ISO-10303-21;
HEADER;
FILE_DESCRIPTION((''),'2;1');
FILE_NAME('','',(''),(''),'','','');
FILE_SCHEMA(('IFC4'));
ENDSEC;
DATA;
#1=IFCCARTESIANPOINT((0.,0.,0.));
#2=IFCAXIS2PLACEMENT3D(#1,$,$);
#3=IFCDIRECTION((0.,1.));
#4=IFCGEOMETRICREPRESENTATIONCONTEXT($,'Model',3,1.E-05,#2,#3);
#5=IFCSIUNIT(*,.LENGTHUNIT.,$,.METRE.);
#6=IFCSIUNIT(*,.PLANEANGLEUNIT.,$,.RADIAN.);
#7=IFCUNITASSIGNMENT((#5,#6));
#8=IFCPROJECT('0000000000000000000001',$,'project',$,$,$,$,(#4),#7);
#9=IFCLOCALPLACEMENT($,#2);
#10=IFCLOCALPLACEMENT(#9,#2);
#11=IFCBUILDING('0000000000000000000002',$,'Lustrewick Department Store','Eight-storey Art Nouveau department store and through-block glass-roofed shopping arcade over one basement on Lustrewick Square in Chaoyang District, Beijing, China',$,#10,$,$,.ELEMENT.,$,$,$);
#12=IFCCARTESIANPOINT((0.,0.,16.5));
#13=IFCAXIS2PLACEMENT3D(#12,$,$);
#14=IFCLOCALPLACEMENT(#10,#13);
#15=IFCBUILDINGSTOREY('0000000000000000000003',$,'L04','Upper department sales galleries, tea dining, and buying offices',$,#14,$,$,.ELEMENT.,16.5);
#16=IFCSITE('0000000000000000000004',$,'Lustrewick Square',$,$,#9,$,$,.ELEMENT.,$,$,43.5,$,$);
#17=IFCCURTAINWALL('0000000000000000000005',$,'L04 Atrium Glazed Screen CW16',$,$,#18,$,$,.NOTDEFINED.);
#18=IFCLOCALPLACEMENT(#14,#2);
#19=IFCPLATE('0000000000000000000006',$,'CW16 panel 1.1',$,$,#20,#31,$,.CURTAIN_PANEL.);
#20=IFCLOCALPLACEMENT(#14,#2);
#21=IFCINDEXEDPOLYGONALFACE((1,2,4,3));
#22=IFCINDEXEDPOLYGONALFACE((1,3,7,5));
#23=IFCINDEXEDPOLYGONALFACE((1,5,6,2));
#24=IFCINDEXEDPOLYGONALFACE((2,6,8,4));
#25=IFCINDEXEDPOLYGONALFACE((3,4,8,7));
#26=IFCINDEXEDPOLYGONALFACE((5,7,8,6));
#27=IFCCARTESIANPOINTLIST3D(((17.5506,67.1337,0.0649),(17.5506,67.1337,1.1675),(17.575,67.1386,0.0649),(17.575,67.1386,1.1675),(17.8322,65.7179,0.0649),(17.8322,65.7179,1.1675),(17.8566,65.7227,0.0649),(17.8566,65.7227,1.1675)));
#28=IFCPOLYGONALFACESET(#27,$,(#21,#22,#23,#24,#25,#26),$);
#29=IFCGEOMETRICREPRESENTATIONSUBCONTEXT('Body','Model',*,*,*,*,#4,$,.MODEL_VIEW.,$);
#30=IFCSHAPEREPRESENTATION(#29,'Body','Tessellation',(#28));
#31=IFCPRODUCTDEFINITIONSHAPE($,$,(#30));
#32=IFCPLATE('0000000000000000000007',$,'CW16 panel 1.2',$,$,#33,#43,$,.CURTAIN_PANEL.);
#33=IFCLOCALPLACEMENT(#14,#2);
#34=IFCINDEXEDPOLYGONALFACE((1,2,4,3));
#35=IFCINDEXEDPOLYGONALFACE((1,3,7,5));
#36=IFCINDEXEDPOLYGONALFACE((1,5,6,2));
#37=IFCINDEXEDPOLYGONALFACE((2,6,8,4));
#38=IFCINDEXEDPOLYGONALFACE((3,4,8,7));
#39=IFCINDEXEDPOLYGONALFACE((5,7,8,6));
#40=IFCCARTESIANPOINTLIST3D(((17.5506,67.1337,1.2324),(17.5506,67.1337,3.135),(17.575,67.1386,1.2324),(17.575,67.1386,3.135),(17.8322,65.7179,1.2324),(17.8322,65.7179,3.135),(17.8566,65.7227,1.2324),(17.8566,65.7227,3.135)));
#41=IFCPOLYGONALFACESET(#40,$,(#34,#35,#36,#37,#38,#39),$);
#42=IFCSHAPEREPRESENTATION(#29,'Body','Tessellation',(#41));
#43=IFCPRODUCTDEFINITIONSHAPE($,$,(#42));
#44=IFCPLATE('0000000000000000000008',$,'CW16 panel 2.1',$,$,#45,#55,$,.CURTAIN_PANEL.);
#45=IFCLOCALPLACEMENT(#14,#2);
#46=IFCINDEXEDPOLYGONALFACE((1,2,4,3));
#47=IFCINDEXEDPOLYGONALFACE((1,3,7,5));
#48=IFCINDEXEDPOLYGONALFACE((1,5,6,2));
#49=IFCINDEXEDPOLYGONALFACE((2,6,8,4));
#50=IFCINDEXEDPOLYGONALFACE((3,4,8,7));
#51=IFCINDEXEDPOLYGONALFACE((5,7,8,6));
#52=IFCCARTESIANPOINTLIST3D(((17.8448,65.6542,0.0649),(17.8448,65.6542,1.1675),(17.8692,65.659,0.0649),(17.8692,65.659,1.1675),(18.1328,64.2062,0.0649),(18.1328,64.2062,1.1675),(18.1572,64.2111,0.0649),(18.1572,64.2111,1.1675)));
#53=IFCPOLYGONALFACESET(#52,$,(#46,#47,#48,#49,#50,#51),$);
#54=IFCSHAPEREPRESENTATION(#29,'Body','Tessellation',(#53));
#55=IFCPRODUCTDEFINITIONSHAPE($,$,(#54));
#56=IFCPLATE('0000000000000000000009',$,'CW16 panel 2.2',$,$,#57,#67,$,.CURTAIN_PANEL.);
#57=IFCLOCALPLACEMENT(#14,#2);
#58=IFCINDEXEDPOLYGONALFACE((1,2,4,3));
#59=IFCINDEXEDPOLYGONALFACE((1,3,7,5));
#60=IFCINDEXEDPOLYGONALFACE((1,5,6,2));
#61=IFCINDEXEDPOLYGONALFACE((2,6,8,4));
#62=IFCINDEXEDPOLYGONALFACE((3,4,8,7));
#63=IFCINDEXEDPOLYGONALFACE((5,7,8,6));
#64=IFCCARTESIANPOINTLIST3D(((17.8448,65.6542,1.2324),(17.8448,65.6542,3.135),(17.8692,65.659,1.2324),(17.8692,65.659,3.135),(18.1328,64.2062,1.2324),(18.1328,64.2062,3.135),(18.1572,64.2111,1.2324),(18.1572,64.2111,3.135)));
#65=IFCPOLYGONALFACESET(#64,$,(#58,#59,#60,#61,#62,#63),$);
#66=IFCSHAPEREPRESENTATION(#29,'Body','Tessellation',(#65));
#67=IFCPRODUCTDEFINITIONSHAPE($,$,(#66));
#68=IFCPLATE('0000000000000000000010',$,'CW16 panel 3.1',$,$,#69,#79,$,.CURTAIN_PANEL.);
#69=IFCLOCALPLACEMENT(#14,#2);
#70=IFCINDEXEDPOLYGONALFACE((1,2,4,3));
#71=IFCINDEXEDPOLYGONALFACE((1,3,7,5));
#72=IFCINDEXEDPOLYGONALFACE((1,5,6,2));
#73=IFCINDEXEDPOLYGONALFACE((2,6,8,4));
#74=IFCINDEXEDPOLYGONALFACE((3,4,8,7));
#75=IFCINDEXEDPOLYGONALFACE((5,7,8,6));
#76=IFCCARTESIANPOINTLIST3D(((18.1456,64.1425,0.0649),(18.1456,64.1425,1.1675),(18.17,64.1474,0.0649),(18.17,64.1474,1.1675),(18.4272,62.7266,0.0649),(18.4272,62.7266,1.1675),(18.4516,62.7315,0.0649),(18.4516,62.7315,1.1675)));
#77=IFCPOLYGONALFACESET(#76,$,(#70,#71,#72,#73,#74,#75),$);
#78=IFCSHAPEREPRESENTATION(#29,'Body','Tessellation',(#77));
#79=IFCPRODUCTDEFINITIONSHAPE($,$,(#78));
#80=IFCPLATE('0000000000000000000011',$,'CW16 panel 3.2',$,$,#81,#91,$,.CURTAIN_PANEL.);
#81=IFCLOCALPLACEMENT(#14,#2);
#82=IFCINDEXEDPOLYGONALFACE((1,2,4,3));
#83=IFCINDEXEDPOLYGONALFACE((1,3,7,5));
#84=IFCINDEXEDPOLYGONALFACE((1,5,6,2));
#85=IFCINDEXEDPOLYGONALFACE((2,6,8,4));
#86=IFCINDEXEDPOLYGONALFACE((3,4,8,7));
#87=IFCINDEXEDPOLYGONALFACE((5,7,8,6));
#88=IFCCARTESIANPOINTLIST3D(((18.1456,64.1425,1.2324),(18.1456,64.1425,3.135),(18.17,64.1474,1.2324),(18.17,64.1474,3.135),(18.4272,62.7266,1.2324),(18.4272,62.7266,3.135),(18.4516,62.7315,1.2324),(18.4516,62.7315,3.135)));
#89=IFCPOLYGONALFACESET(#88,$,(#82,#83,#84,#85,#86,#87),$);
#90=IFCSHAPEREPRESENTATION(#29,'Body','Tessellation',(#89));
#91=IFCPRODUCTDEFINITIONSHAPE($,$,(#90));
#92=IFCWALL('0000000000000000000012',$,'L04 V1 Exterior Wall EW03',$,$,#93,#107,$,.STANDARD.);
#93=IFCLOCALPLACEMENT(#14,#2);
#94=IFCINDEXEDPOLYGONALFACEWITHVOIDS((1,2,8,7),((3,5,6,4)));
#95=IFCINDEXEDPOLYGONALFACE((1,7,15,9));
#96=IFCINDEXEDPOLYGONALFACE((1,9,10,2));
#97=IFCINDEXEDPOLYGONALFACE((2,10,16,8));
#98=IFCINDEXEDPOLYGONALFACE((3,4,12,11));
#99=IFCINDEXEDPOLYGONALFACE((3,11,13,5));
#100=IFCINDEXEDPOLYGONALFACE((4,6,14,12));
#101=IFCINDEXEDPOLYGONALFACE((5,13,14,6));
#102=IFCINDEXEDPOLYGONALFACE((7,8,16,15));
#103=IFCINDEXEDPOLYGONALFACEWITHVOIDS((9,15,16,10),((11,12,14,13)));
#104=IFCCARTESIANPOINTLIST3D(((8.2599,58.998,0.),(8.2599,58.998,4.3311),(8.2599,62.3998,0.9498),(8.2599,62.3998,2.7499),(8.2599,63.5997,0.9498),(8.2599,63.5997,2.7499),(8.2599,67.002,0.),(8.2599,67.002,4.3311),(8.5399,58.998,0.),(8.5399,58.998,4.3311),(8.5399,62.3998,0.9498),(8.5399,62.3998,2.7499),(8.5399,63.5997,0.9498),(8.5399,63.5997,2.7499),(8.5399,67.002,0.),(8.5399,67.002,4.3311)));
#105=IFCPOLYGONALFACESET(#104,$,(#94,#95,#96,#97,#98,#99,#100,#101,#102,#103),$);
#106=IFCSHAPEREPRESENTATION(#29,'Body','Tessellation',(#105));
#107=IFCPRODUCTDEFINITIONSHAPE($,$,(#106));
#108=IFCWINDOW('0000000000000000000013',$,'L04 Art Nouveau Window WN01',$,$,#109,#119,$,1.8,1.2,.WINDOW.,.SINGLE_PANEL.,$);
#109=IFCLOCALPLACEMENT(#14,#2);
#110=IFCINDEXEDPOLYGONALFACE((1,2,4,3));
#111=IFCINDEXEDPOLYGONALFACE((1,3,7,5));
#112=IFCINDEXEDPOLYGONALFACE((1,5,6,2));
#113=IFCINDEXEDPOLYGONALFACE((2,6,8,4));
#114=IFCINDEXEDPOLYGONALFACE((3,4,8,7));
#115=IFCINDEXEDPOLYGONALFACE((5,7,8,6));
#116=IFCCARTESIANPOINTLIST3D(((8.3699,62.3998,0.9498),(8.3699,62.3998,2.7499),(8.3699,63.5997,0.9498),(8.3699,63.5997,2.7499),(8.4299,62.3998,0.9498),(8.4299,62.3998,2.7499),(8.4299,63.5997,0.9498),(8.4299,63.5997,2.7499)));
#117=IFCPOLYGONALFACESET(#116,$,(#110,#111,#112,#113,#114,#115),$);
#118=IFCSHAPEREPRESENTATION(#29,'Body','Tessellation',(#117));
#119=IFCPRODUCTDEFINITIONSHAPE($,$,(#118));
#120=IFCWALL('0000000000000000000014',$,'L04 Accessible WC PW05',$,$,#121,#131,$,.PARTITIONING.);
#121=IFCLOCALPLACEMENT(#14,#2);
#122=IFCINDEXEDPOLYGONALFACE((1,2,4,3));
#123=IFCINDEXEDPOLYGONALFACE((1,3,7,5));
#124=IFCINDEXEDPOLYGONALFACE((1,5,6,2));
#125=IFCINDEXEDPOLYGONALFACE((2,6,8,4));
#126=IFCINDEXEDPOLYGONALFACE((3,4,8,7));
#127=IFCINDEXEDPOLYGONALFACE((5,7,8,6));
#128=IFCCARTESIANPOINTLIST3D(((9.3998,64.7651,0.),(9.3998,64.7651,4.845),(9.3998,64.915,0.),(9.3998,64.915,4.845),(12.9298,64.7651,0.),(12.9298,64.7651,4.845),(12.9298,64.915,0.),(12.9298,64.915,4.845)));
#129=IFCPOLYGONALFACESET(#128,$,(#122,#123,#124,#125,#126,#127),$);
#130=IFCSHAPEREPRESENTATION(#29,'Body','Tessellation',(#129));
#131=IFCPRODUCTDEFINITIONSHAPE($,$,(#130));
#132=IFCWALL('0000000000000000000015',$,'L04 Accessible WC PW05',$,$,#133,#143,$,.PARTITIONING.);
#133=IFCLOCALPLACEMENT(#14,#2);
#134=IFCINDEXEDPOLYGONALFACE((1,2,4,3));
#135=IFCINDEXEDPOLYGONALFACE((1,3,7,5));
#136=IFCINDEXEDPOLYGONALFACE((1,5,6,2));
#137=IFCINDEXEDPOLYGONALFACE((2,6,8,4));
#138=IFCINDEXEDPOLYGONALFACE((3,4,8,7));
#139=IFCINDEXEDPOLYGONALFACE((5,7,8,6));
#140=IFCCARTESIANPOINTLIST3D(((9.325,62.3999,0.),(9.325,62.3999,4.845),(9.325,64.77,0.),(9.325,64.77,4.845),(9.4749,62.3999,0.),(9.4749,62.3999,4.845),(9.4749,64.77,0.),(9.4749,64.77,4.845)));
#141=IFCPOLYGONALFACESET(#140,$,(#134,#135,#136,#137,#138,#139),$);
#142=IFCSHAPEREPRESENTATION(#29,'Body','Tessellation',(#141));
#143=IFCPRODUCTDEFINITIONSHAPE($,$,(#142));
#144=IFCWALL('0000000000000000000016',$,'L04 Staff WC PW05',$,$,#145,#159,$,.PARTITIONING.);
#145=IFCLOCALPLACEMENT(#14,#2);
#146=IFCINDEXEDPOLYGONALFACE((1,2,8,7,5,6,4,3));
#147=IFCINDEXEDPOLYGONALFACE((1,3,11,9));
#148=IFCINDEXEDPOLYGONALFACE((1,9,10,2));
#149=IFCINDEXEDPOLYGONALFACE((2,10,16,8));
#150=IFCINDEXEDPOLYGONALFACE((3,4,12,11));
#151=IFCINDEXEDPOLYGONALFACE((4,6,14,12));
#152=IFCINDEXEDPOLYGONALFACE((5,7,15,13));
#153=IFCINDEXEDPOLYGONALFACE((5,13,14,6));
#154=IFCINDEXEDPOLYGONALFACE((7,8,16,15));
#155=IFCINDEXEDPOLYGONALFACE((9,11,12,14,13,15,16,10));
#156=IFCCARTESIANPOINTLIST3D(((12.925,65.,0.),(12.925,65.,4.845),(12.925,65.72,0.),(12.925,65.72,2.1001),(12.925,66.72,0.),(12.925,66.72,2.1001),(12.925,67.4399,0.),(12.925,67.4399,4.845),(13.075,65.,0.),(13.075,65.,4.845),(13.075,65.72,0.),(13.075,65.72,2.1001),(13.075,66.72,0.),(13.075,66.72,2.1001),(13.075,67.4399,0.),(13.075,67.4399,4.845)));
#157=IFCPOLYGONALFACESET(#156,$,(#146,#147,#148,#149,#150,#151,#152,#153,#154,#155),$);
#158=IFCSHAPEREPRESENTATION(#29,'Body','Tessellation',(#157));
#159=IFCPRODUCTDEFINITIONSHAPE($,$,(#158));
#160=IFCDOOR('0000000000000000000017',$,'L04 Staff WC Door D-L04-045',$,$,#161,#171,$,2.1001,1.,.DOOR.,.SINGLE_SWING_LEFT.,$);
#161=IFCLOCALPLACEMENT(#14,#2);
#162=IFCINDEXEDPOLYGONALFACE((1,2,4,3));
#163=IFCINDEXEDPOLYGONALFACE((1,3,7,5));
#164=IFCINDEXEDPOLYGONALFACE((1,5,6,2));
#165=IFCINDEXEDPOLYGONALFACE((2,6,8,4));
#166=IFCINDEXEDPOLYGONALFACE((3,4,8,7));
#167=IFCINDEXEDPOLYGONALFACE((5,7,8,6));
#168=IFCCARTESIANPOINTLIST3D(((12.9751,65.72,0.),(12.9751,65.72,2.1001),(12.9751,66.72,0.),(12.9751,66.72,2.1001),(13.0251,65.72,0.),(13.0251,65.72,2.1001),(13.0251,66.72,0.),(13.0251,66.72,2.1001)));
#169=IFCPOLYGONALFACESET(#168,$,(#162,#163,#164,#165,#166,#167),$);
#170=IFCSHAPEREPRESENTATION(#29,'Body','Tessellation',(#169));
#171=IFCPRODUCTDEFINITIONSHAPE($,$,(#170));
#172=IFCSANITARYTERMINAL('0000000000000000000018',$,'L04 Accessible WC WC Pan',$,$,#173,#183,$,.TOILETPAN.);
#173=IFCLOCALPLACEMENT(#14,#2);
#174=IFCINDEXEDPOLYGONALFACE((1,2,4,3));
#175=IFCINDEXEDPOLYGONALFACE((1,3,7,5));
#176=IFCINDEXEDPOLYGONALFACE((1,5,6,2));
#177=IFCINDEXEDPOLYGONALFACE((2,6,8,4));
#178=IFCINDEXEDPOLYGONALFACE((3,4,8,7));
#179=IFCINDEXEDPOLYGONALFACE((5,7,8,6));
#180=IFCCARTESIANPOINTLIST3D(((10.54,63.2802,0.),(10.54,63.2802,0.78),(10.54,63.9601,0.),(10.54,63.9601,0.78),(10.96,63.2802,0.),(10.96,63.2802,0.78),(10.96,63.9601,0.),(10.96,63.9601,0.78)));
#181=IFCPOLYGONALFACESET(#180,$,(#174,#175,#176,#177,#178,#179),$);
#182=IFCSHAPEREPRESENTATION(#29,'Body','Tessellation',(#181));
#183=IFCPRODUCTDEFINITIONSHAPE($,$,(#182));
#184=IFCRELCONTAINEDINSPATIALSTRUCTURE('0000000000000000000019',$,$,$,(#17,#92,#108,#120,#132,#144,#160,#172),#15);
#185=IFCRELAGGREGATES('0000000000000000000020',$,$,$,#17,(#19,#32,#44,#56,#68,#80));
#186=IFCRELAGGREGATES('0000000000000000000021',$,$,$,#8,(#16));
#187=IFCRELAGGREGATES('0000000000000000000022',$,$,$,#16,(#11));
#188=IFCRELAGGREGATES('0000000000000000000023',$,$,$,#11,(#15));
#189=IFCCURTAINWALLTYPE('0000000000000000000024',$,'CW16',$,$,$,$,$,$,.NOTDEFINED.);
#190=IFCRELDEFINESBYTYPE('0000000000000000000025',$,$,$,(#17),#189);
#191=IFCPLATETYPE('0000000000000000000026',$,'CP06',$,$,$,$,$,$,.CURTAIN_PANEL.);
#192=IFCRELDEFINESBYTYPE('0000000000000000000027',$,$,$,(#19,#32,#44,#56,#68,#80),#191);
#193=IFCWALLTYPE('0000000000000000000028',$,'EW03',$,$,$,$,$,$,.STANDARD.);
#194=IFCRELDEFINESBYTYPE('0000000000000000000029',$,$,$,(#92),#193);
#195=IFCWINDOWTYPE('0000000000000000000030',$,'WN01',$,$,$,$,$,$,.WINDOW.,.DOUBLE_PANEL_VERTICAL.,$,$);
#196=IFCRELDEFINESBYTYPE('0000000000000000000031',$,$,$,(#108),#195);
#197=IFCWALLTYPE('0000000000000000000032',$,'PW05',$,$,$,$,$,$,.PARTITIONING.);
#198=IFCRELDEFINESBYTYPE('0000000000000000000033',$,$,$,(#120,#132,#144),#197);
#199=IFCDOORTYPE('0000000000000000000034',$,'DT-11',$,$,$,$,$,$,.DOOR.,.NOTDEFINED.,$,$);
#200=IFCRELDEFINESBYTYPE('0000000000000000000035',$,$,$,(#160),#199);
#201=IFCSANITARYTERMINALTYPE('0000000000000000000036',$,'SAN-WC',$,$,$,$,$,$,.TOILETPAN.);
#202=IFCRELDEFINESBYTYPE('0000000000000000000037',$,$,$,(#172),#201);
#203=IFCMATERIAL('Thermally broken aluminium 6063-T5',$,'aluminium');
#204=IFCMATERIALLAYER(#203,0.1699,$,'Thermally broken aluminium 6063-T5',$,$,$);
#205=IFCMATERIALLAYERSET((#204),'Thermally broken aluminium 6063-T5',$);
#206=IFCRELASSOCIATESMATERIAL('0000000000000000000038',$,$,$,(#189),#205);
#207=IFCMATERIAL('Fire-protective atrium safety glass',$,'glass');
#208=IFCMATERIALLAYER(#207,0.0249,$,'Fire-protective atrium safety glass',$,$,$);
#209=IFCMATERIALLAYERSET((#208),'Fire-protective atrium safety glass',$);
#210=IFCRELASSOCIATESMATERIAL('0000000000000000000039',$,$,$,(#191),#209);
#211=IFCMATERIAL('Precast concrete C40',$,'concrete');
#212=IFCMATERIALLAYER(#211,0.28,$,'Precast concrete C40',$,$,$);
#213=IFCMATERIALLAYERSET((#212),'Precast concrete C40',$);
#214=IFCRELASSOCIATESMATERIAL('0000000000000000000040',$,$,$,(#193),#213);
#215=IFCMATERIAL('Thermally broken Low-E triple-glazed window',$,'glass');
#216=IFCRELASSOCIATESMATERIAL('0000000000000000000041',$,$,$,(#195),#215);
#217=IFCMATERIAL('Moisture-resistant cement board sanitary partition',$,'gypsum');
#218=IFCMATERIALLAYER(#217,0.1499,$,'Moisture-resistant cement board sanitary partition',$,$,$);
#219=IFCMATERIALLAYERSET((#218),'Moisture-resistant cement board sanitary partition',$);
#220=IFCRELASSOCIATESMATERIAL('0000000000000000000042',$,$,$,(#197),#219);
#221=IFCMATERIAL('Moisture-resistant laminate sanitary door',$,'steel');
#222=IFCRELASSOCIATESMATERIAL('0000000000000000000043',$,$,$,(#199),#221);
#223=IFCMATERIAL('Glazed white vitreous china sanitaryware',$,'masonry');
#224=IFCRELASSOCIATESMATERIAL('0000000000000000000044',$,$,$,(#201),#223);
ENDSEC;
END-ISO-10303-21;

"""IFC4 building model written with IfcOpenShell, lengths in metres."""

from ifc_helpers import new_model, si_unit, direction, frame, frame_2d, origin, origin_2d, place, context, subcontext, project, spatial, rectangle, extrude, material, layer, layer_set, type_object, element, fill, aggregate, save


model = new_model("IFC4")

# Units and contexts
model_context = context("Model", 3, precision=1e-05, world=origin(), true_north=direction((0.0, 1.0)))
body_context = subcontext(model_context, "Body", "Model", "MODEL_VIEW")
ifc_project = project(units=[si_unit("LENGTHUNIT", "METRE"), si_unit("PLANEANGLEUNIT", "RADIAN")], contexts=[model_context])

# Site, building, storey
site_placement = place(None, origin())
site = spatial("IfcSite", under=ifc_project, at=site_placement, Name="Lustrewick Square", CompositionType="ELEMENT", RefElevation=43.5)
building_placement = place(site_placement, origin())
building = spatial("IfcBuilding", under=site, at=building_placement, Name="Lustrewick Department Store", Description="Eight-storey Art Nouveau department store and through-block glass-roofed shopping arcade over one basement on Lustrewick Square in Chaoyang District, Beijing, China", CompositionType="ELEMENT")
storey_placement = place(building_placement, frame((0.0, 0.0, 16.5)))
storey = spatial("IfcBuildingStorey", under=building, at=storey_placement, Name="L04", Description="Upper department sales galleries, tea dining, and buying offices", CompositionType="ELEMENT", Elevation=16.5)

# Curtain wall
ifc_material_1 = material(Name="Thermally broken aluminium 6063-T5", Category="aluminium")
ifc_layer_1 = layer(ifc_material_1, 0.1699, Name="Thermally broken aluminium 6063-T5")
ifc_layer_set_1 = layer_set([ifc_layer_1], Name="Thermally broken aluminium 6063-T5")
curtain_wall_type = type_object("IfcCurtainWallType", Name="CW16", PredefinedType="NOTDEFINED", material=ifc_layer_set_1)
curtain_wall_placement = place(storey_placement, origin())
curtain_wall = element("IfcCurtainWall", 1, at=curtain_wall_placement, inside=storey, type_object=curtain_wall_type, Name="L04 Atrium Glazed Screen CW16", PredefinedType="NOTDEFINED")

# Plates
ifc_material_2 = material(Name="Fire-protective atrium safety glass", Category="glass")
ifc_layer_2 = layer(ifc_material_2, 0.0249, Name="Fire-protective atrium safety glass")
ifc_layer_set_2 = layer_set([ifc_layer_2], Name="Fire-protective atrium safety glass")
plate_type = type_object("IfcPlateType", Name="CP06", PredefinedType="CURTAIN_PANEL", material=ifc_layer_set_2)
plate_1_placement = place(storey_placement, frame((17.7036, 66.4282, 0.0649), z_axis=(0.0, 0.0, 1.0), x_axis=(0.195085, -0.980786, 0.0)))
plate_1 = element("IfcPlate", 2, at=plate_1_placement, type_object=plate_type, Name="CW16 panel 1.1", PredefinedType="CURTAIN_PANEL", context=body_context, shape_type="SweptSolid", body=[
    extrude(rectangle(XDim=1.4436, YDim=0.0249, at=origin_2d()), origin(), (0.0, 0.0, 1.0), 1.1025),
])
plate_2_placement = place(storey_placement, frame((17.7036, 66.4282, 1.2324), z_axis=(0.0, 0.0, 1.0), x_axis=(0.195085, -0.980786, 0.0)))
plate_2 = element("IfcPlate", 3, at=plate_2_placement, type_object=plate_type, Name="CW16 panel 1.2", PredefinedType="CURTAIN_PANEL", context=body_context, shape_type="SweptSolid", body=[
    extrude(rectangle(XDim=1.4436, YDim=0.0249, at=origin_2d()), origin(), (0.0, 0.0, 1.0), 1.9026),
])
plate_3_placement = place(storey_placement, frame((18.001, 64.9326, 0.0649), z_axis=(0.0, 0.0, 1.0), x_axis=(0.195085, -0.980786, 0.0)))
plate_3 = element("IfcPlate", 4, at=plate_3_placement, type_object=plate_type, Name="CW16 panel 2.1", PredefinedType="CURTAIN_PANEL", context=body_context, shape_type="SweptSolid", body=[
    extrude(rectangle(XDim=1.4763, YDim=0.0249, at=origin_2d()), origin(), (0.0, 0.0, 1.0), 1.1025),
])
plate_4_placement = place(storey_placement, frame((18.001, 64.9326, 1.2324), z_axis=(0.0, 0.0, 1.0), x_axis=(0.195085, -0.980786, 0.0)))
plate_4 = element("IfcPlate", 5, at=plate_4_placement, type_object=plate_type, Name="CW16 panel 2.2", PredefinedType="CURTAIN_PANEL", context=body_context, shape_type="SweptSolid", body=[
    extrude(rectangle(XDim=1.4763, YDim=0.0249, at=origin_2d()), origin(), (0.0, 0.0, 1.0), 1.9026),
])
plate_5_placement = place(storey_placement, frame((18.2986, 63.437, 0.0649), z_axis=(0.0, 0.0, 1.0), x_axis=(0.195085, -0.980786, 0.0)))
plate_5 = element("IfcPlate", 6, at=plate_5_placement, type_object=plate_type, Name="CW16 panel 3.1", PredefinedType="CURTAIN_PANEL", context=body_context, shape_type="SweptSolid", body=[
    extrude(rectangle(XDim=1.4436, YDim=0.0249, at=origin_2d()), origin(), (0.0, 0.0, 1.0), 1.1025),
])
plate_6_placement = place(storey_placement, frame((18.2986, 63.437, 1.2324), z_axis=(0.0, 0.0, 1.0), x_axis=(0.195085, -0.980786, 0.0)))
plate_6 = element("IfcPlate", 7, at=plate_6_placement, type_object=plate_type, Name="CW16 panel 3.2", PredefinedType="CURTAIN_PANEL", context=body_context, shape_type="SweptSolid", body=[
    extrude(rectangle(XDim=1.4436, YDim=0.0249, at=origin_2d()), origin(), (0.0, 0.0, 1.0), 1.9026),
])
aggregate(curtain_wall, [plate_1, plate_2, plate_3, plate_4, plate_5, plate_6])

# Wall, opening, window
ifc_material_3 = material(Name="Precast concrete C40", Category="concrete")
ifc_layer_3 = layer(ifc_material_3, 0.28, Name="Precast concrete C40")
ifc_layer_set_3 = layer_set([ifc_layer_3], Name="Precast concrete C40")
wall_type_1 = type_object("IfcWallType", Name="EW03", PredefinedType="STANDARD", material=ifc_layer_set_3)
wall_1_placement = place(storey_placement, frame((8.3999, 67.002, 0.0), z_axis=(0.0, 0.0, 1.0), x_axis=(0.0, -1.0, 0.0)))
wall_1 = element("IfcWall", 8, at=wall_1_placement, inside=storey, type_object=wall_type_1, Name="L04 V1 Exterior Wall EW03", PredefinedType="STANDARD", context=body_context, shape_type="SweptSolid", body=[
    extrude(rectangle(XDim=8.0039, YDim=0.28, at=frame_2d((4.002, 0.0))), origin(), (0.0, 0.0, 1.0), 4.3311),
])
opening_1_placement = place(wall_1_placement, frame((3.4021, 0.0, 0.95)))
opening_1 = element("IfcOpeningElement", 9, at=opening_1_placement, cuts=wall_1, PredefinedType="OPENING", context=body_context, shape_type="SweptSolid", body=[
    extrude(rectangle(XDim=1.2, YDim=1.8, at=frame_2d((0.6001, 0.8999))), frame((0.0, 0.1499, 0.0), z_axis=(0.0, -1.0, 0.0), x_axis=(1.0, 0.0, 0.0)), (0.0, 0.0, 1.0), 0.3),
])
ifc_material_4 = material(Name="Thermally broken Low-E triple-glazed window", Category="glass")
window_type = type_object("IfcWindowType", Name="WN01", PartitioningType="DOUBLE_PANEL_VERTICAL", PredefinedType="WINDOW", material=ifc_material_4)
window_placement = place(opening_1_placement, origin())
window = element("IfcWindow", 10, at=window_placement, inside=storey, type_object=window_type, Name="L04 Art Nouveau Window WN01", OverallHeight=1.8, OverallWidth=1.2, PartitioningType="SINGLE_PANEL", PredefinedType="WINDOW", context=body_context, shape_type="SweptSolid", body=[
    extrude(rectangle(XDim=1.2, YDim=1.8, at=frame_2d((0.6001, 0.8999))), frame((0.0, 0.03, 0.0), z_axis=(0.0, -1.0, 0.0), x_axis=(1.0, 0.0, 0.0)), (0.0, 0.0, 1.0), 0.0601),
])
fill(opening_1, window)

# Walls
ifc_material_5 = material(Name="Moisture-resistant cement board sanitary partition", Category="gypsum")
ifc_layer_4 = layer(ifc_material_5, 0.1499, Name="Moisture-resistant cement board sanitary partition")
ifc_layer_set_4 = layer_set([ifc_layer_4], Name="Moisture-resistant cement board sanitary partition")
wall_type_2 = type_object("IfcWallType", Name="PW05", PredefinedType="PARTITIONING", material=ifc_layer_set_4)
wall_2_placement = place(storey_placement, frame((12.9299, 64.8401, 0.0), z_axis=(0.0, 0.0, 1.0), x_axis=(-1.0, 0.0, 0.0)))
element("IfcWall", 11, at=wall_2_placement, inside=storey, type_object=wall_type_2, Name="L04 Accessible WC PW05", PredefinedType="PARTITIONING", context=body_context, shape_type="SweptSolid", body=[
    extrude(rectangle(XDim=3.53, YDim=0.1499, at=frame_2d((1.7651, 0.0))), origin(), (0.0, 0.0, 1.0), 4.845),
])
wall_3_placement = place(storey_placement, frame((9.3999, 64.77, 0.0), z_axis=(0.0, 0.0, 1.0), x_axis=(0.0, -1.0, 0.0)))
element("IfcWall", 12, at=wall_3_placement, inside=storey, type_object=wall_type_2, Name="L04 Accessible WC PW05", PredefinedType="PARTITIONING", context=body_context, shape_type="SweptSolid", body=[
    extrude(rectangle(XDim=2.3701, YDim=0.1499, at=frame_2d((1.1851, 0.0))), origin(), (0.0, 0.0, 1.0), 4.845),
])

# Wall, opening, door
wall_4_placement = place(storey_placement, frame((13.0, 65.0, 0.0), z_axis=(0.0, 0.0, 1.0), x_axis=(0.0, 1.0, 0.0)))
wall_4 = element("IfcWall", 13, at=wall_4_placement, inside=storey, type_object=wall_type_2, Name="L04 Staff WC PW05", PredefinedType="PARTITIONING", context=body_context, shape_type="SweptSolid", body=[
    extrude(rectangle(XDim=2.4399, YDim=0.1499, at=frame_2d((1.22, 0.0))), origin(), (0.0, 0.0, 1.0), 4.845),
])
opening_2_placement = place(wall_4_placement, frame((0.72, 0.0, 0.0)))
opening_2 = element("IfcOpeningElement", 14, at=opening_2_placement, cuts=wall_4, PredefinedType="OPENING", context=body_context, shape_type="SweptSolid", body=[
    extrude(rectangle(XDim=1.0, YDim=2.1001, at=frame_2d((0.5, 1.05))), frame((0.0, 0.085, 0.0), z_axis=(0.0, -1.0, 0.0), x_axis=(1.0, 0.0, 0.0)), (0.0, 0.0, 1.0), 0.1699),
])
ifc_material_6 = material(Name="Moisture-resistant laminate sanitary door", Category="steel")
door_type = type_object("IfcDoorType", Name="DT-11", OperationType="NOTDEFINED", PredefinedType="DOOR", material=ifc_material_6)
door_placement = place(opening_2_placement, origin())
door = element("IfcDoor", 15, at=door_placement, inside=storey, type_object=door_type, Name="L04 Staff WC Door D-L04-045", OperationType="SINGLE_SWING_LEFT", OverallHeight=2.1001, OverallWidth=1.0, PredefinedType="DOOR", context=body_context, shape_type="SweptSolid", body=[
    extrude(rectangle(XDim=1.0, YDim=2.1001, at=frame_2d((0.5, 1.05))), frame((0.0, 0.0249, 0.0), z_axis=(0.0, -1.0, 0.0), x_axis=(1.0, 0.0, 0.0)), (0.0, 0.0, 1.0), 0.05),
])
fill(opening_2, door)

# Sanitary terminal
ifc_material_7 = material(Name="Glazed white vitreous china sanitaryware", Category="masonry")
sanitary_terminal_type_1 = type_object("IfcSanitaryTerminalType", Name="SAN-WC", PredefinedType="TOILETPAN", material=ifc_material_7)
for number, where, z_axis, x_axis, name in (
    (16, (10.75, 63.6201, 0.0), (0.0, 0.0, 1.0), (1.0, 0.0, 0.0), "L04 Accessible WC WC Pan"),
):
    element("IfcSanitaryTerminal", number, at=place(storey_placement, frame(where, z_axis=z_axis, x_axis=x_axis)), inside=storey, type_object=sanitary_terminal_type_1, Name=name, PredefinedType="TOILETPAN", context=body_context, shape_type="SweptSolid", body=[
        extrude(rectangle(XDim=0.4199, YDim=0.6799, at=origin_2d()), origin(), (0.0, 0.0, 1.0), 0.78),
    ])

save(model, "model.ifc")
